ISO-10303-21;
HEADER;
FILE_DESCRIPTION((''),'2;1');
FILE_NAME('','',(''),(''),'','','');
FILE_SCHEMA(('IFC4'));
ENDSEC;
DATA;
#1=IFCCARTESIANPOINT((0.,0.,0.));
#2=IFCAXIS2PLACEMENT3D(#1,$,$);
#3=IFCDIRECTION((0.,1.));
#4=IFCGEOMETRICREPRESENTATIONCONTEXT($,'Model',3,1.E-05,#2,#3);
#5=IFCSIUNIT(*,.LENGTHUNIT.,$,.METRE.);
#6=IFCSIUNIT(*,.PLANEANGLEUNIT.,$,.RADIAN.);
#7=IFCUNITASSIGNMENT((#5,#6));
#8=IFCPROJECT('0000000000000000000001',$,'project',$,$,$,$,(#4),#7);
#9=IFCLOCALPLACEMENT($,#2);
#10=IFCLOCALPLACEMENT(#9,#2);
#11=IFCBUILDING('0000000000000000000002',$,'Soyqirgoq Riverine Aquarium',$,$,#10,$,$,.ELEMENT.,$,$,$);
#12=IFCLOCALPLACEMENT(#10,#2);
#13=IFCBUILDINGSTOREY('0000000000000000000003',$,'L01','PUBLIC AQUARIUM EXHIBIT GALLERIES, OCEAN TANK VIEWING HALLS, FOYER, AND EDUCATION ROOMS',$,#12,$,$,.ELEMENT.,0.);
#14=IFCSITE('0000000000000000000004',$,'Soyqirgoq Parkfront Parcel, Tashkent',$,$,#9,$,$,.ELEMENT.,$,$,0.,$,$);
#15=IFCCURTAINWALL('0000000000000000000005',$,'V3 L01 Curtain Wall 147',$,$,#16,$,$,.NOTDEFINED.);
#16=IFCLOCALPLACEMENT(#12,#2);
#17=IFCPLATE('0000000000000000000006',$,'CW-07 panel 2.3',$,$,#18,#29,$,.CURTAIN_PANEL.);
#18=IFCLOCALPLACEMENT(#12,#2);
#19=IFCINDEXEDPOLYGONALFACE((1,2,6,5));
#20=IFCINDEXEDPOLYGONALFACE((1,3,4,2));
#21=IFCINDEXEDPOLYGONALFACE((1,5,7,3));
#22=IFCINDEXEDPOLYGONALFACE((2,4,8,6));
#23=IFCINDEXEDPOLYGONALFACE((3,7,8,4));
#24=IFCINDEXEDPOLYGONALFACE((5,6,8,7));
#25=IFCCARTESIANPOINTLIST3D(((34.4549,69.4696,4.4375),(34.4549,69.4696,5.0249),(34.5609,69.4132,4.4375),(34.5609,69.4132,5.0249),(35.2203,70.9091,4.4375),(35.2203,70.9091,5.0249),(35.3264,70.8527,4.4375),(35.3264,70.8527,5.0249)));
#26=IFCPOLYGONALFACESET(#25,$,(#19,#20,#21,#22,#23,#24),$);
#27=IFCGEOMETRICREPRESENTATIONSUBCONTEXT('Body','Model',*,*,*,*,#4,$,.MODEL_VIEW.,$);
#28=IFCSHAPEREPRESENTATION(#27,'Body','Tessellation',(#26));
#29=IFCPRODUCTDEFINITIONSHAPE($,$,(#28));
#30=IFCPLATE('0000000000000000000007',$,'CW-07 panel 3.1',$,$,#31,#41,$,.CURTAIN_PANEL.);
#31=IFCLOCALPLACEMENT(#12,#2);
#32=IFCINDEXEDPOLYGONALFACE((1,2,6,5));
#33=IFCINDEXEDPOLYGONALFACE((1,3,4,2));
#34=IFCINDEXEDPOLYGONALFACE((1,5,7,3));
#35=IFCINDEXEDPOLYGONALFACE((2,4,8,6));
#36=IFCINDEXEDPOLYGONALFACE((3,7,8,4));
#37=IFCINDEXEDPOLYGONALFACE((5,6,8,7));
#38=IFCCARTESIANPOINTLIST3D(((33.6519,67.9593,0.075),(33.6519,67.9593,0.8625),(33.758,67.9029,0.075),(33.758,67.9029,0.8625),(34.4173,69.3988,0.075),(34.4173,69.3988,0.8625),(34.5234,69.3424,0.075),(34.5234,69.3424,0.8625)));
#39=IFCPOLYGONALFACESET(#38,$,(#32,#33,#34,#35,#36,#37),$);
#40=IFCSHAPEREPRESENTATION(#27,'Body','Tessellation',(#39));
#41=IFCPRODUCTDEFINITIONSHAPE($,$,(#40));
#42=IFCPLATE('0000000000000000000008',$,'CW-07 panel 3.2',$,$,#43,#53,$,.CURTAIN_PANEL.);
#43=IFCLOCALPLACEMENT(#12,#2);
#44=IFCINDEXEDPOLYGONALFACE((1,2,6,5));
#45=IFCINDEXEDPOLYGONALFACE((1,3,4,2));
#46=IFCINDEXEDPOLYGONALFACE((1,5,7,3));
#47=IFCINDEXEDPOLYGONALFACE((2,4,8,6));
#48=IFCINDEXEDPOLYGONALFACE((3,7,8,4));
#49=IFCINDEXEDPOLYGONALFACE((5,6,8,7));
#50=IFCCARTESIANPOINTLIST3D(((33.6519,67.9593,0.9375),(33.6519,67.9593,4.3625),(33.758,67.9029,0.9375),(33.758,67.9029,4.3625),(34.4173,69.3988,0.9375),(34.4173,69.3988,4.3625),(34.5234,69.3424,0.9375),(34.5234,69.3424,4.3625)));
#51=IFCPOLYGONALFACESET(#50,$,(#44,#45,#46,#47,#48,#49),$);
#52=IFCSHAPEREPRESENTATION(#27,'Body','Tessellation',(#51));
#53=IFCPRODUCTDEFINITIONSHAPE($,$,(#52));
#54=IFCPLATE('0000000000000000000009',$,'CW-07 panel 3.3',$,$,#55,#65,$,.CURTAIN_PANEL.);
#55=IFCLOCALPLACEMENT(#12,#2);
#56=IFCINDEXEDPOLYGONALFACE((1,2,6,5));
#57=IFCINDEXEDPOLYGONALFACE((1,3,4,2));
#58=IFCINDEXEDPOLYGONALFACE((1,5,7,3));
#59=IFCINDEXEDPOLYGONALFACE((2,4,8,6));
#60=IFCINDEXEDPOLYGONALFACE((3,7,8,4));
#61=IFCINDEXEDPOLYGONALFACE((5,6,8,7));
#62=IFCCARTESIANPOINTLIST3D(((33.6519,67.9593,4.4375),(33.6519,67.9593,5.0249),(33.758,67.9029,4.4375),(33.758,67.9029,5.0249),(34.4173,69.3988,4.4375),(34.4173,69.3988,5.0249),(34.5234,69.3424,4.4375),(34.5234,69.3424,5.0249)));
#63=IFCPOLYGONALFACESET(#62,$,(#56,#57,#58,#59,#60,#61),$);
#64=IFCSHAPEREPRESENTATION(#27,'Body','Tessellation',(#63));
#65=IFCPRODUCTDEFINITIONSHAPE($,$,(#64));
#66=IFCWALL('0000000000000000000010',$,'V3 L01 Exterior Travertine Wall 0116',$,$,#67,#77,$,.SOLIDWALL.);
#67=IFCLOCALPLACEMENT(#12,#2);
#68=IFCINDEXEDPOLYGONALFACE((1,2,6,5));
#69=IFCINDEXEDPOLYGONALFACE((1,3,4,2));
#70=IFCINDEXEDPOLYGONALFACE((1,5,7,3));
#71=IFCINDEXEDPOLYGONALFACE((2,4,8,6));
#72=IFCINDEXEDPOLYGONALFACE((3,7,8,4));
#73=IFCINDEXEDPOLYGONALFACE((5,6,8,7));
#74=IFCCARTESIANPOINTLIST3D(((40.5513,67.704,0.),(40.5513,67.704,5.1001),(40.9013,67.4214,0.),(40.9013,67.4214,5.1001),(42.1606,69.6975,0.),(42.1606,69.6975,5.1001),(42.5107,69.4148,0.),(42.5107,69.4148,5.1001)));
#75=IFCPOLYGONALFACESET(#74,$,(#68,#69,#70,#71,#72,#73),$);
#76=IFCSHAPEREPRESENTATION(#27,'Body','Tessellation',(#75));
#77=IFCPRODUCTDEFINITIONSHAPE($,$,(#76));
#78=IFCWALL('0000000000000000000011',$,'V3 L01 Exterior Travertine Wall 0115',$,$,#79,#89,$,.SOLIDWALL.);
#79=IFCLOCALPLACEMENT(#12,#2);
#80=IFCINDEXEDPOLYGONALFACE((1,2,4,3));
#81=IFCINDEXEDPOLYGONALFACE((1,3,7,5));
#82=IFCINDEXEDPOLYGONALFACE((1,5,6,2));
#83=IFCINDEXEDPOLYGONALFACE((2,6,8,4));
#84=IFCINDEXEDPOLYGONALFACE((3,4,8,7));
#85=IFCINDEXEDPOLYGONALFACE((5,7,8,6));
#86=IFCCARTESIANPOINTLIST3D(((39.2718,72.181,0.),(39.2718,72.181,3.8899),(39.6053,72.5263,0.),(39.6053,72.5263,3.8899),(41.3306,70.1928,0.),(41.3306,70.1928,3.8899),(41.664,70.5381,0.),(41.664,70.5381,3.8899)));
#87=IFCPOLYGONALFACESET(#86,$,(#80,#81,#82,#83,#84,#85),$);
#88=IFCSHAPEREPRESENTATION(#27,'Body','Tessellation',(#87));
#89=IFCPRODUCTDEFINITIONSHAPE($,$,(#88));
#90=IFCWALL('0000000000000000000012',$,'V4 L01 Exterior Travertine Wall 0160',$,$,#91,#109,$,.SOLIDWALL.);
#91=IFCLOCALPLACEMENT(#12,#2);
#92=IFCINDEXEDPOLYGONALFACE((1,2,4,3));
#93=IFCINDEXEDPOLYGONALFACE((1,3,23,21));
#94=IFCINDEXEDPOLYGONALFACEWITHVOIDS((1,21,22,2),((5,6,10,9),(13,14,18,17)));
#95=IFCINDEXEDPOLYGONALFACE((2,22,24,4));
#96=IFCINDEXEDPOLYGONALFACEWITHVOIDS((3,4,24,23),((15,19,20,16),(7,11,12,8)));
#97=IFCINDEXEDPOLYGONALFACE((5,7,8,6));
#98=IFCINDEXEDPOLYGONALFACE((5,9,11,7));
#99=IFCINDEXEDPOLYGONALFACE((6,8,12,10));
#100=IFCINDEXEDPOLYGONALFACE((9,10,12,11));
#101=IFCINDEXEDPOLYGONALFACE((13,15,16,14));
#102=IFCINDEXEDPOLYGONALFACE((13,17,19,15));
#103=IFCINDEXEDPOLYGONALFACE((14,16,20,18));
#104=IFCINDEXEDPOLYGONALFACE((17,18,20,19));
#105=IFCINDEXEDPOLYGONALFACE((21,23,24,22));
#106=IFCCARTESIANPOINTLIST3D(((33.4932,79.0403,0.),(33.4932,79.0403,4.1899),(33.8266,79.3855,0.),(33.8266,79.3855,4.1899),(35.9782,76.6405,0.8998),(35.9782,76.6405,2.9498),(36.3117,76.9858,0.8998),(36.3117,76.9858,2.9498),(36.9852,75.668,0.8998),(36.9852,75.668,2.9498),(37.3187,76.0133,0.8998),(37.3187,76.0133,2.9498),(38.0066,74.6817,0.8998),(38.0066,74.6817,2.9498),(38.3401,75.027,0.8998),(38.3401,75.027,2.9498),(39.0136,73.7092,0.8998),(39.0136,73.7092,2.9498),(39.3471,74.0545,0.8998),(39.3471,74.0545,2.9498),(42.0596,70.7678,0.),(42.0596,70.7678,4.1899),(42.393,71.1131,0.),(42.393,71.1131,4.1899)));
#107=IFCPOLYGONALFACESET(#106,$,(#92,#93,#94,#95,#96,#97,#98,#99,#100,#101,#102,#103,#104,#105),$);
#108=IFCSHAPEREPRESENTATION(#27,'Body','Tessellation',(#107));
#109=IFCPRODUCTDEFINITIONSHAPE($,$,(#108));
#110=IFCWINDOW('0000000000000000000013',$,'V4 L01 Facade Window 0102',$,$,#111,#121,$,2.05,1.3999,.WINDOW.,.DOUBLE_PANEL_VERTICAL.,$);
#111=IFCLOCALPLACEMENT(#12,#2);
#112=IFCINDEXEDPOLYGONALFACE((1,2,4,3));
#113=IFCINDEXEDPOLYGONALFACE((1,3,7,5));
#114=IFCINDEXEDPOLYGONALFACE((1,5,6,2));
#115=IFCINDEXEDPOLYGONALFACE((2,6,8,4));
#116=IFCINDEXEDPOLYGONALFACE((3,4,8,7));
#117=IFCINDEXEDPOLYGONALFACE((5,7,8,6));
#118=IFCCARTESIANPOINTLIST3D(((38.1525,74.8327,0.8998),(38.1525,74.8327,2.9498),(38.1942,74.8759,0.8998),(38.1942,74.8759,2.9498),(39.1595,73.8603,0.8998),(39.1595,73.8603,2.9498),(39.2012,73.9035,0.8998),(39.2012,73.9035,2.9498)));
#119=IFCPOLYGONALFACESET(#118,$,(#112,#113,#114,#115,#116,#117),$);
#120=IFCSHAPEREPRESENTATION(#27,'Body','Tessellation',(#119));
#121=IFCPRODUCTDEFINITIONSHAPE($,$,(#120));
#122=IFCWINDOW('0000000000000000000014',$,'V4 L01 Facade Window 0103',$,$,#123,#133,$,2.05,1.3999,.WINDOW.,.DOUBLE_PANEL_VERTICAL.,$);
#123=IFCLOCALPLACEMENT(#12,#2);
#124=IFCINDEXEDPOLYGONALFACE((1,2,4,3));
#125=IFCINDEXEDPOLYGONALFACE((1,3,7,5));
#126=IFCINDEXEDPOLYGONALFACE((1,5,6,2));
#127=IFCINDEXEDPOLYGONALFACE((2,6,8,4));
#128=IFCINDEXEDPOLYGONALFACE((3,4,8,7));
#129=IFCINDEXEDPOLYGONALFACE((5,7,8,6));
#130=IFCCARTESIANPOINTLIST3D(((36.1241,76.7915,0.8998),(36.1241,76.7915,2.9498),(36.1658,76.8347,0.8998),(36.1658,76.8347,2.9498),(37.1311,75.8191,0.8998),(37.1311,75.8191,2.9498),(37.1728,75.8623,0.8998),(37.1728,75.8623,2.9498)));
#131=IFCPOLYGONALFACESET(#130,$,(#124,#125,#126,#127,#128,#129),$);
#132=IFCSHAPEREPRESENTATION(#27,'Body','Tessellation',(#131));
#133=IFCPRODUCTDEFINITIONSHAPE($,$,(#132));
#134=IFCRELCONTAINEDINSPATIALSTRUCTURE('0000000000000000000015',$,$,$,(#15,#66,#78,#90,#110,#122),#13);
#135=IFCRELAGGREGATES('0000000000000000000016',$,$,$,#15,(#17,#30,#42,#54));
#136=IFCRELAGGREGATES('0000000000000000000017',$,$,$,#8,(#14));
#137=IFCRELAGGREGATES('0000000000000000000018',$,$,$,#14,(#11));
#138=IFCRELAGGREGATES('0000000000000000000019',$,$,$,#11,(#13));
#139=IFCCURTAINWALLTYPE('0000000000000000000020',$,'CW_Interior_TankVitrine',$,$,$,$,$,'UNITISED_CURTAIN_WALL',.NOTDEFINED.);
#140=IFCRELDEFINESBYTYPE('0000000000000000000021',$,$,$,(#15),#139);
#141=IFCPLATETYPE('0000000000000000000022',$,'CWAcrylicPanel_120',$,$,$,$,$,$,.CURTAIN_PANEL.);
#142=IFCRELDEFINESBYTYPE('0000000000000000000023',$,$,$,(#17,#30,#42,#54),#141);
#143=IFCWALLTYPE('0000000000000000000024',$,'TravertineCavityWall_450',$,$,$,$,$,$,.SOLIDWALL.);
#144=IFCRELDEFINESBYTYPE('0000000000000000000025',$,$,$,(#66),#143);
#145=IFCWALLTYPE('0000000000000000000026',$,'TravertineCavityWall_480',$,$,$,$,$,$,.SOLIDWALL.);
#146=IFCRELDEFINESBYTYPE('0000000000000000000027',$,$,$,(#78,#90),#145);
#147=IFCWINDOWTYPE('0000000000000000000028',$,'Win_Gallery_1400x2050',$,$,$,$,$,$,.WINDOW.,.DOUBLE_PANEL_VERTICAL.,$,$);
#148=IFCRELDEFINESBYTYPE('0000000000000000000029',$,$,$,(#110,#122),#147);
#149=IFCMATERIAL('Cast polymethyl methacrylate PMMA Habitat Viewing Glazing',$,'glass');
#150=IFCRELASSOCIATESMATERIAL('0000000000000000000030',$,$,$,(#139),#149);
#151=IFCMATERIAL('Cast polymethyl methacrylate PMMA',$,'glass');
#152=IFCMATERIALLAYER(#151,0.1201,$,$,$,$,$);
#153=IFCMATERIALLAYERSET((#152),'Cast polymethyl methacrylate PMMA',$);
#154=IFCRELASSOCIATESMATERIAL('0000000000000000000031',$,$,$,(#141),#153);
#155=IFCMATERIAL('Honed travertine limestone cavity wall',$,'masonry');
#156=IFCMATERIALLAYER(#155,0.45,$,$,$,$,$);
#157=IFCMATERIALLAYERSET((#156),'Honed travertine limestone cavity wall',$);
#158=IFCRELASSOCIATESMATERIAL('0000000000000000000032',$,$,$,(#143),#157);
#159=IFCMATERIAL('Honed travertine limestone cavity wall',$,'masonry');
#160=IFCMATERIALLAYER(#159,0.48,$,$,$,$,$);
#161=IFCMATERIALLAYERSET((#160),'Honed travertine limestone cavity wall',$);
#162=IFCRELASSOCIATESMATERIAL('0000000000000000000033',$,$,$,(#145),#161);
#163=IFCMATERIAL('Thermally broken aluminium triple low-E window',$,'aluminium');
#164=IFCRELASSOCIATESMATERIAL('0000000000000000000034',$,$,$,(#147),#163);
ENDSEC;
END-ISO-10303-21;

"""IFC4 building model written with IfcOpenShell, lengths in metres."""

from ifc_helpers import new_model, si_unit, direction, frame, frame_2d, origin, origin_2d, place, context, subcontext, project, spatial, rectangle, extrude, material, layer, layer_set, type_object, element, fill, aggregate, save


model = new_model("IFC4")

# Units and contexts
model_context = context("Model", 3, precision=1e-05, world=origin(), true_north=direction((0.0, 1.0)))
body_context = subcontext(model_context, "Body", "Model", "MODEL_VIEW")
ifc_project = project(units=[si_unit("LENGTHUNIT", "METRE"), si_unit("PLANEANGLEUNIT", "RADIAN")], contexts=[model_context])

# Site, building, storey
site_placement = place(None, origin())
site = spatial("IfcSite", under=ifc_project, at=site_placement, Name="Soyqirgoq Parkfront Parcel, Tashkent", CompositionType="ELEMENT", RefElevation=0.0)
building_placement = place(site_placement, origin())
building = spatial("IfcBuilding", under=site, at=building_placement, Name="Soyqirgoq Riverine Aquarium", CompositionType="ELEMENT")
storey_placement = place(building_placement, origin())
storey = spatial("IfcBuildingStorey", under=building, at=storey_placement, Name="L01", Description="PUBLIC AQUARIUM EXHIBIT GALLERIES, OCEAN TANK VIEWING HALLS, FOYER, AND EDUCATION ROOMS", CompositionType="ELEMENT", Elevation=0.0)

# Curtain wall
ifc_material_1 = material(Name="Cast polymethyl methacrylate PMMA Habitat Viewing Glazing", Category="glass")
curtain_wall_type_1 = type_object("IfcCurtainWallType", Name="CW_Interior_TankVitrine", ElementType="UNITISED_CURTAIN_WALL", PredefinedType="NOTDEFINED", material=ifc_material_1)
curtain_wall_1_placement = place(storey_placement, origin())
curtain_wall_1 = element("IfcCurtainWall", 1, at=curtain_wall_1_placement, inside=storey, type_object=curtain_wall_type_1, Name="V3 L01 Curtain Wall 147", PredefinedType="NOTDEFINED")

# Plates
ifc_material_2 = material(Name="Cast polymethyl methacrylate PMMA", Category="glass")
ifc_layer_1 = layer(ifc_material_2, 0.1201)
ifc_layer_set_1 = layer_set([ifc_layer_1], Name="Cast polymethyl methacrylate PMMA")
plate_type = type_object("IfcPlateType", Name="CWAcrylicPanel_120", PredefinedType="CURTAIN_PANEL", material=ifc_layer_set_1)
plate_1_placement = place(storey_placement, frame((34.8906, 70.1611, 4.4375), z_axis=(0.0, 0.0, 1.0), x_axis=(-0.469473, -0.882947, 0.0)))
plate_1 = element("IfcPlate", 2, at=plate_1_placement, type_object=plate_type, Name="CW-07 panel 2.3", PredefinedType="CURTAIN_PANEL", context=body_context, shape_type="SweptSolid", body=[
    extrude(rectangle(XDim=1.6304, YDim=0.1201, at=origin_2d()), origin(), (0.0, 0.0, 1.0), 0.5874),
])
plate_2_placement = place(storey_placement, frame((34.0876, 68.6509, 0.075), z_axis=(0.0, 0.0, 1.0), x_axis=(-0.469473, -0.882947, 0.0)))
plate_2 = element("IfcPlate", 3, at=plate_2_placement, type_object=plate_type, Name="CW-07 panel 3.1", PredefinedType="CURTAIN_PANEL", context=body_context, shape_type="SweptSolid", body=[
    extrude(rectangle(XDim=1.6304, YDim=0.1201, at=origin_2d()), origin(), (0.0, 0.0, 1.0), 0.7876),
])
plate_3_placement = place(storey_placement, frame((34.0876, 68.6509, 0.9375), z_axis=(0.0, 0.0, 1.0), x_axis=(-0.469473, -0.882947, 0.0)))
plate_3 = element("IfcPlate", 4, at=plate_3_placement, type_object=plate_type, Name="CW-07 panel 3.2", PredefinedType="CURTAIN_PANEL", context=body_context, shape_type="SweptSolid", body=[
    extrude(rectangle(XDim=1.6304, YDim=0.1201, at=origin_2d()), origin(), (0.0, 0.0, 1.0), 3.425),
])
plate_4_placement = place(storey_placement, frame((34.0876, 68.6509, 4.4375), z_axis=(0.0, 0.0, 1.0), x_axis=(-0.469473, -0.882947, 0.0)))
plate_4 = element("IfcPlate", 5, at=plate_4_placement, type_object=plate_type, Name="CW-07 panel 3.3", PredefinedType="CURTAIN_PANEL", context=body_context, shape_type="SweptSolid", body=[
    extrude(rectangle(XDim=1.6304, YDim=0.1201, at=origin_2d()), origin(), (0.0, 0.0, 1.0), 0.5874),
])
aggregate(curtain_wall_1, [plate_1, plate_2, plate_3, plate_4])

# Walls
ifc_material_3 = material(Name="Honed travertine limestone cavity wall", Category="masonry")
ifc_layer_2 = layer(ifc_material_3, 0.45)
ifc_layer_set_2 = layer_set([ifc_layer_2], Name="Honed travertine limestone cavity wall")
wall_type_1 = type_object("IfcWallType", Name="TravertineCavityWall_450", PredefinedType="SOLIDWALL", material=ifc_layer_set_2)
wall_1_placement = place(storey_placement, frame((42.3357, 69.5562, 0.0), z_axis=(0.0, 0.0, 1.0), x_axis=(-0.628175, -0.778072, 0.0)))
element("IfcWall", 6, at=wall_1_placement, inside=storey, type_object=wall_type_1, Name="V3 L01 Exterior Travertine Wall 0116", PredefinedType="SOLIDWALL", context=body_context, shape_type="SweptSolid", body=[
    extrude(rectangle(XDim=2.562, YDim=0.45, at=frame_2d((1.281, 0.0))), origin(), (0.0, 0.0, 1.0), 5.1001),
])
ifc_material_4 = material(Name="Honed travertine limestone cavity wall", Category="masonry")
ifc_layer_3 = layer(ifc_material_4, 0.48)
ifc_layer_set_3 = layer_set([ifc_layer_3], Name="Honed travertine limestone cavity wall")
wall_type_2 = type_object("IfcWallType", Name="TravertineCavityWall_480", PredefinedType="SOLIDWALL", material=ifc_layer_set_3)
wall_2_placement = place(storey_placement, frame((39.4385, 72.3538, 0.0), z_axis=(0.0, 0.0, 1.0), x_axis=(0.719325, -0.694674, 0.0)))
element("IfcWall", 7, at=wall_2_placement, inside=storey, type_object=wall_type_2, Name="V3 L01 Exterior Travertine Wall 0115", PredefinedType="SOLIDWALL", context=body_context, shape_type="SweptSolid", body=[
    extrude(rectangle(XDim=2.8621, YDim=0.48, at=frame_2d((1.4312, 0.0))), origin(), (0.0, 0.0, 1.0), 3.8899),
])

# Wall, openings, windows
wall_3_placement = place(storey_placement, frame((42.2263, 70.9404, 0.0), z_axis=(0.0, 0.0, 1.0), x_axis=(-0.719341, 0.694657, 0.0)))
wall_3 = element("IfcWall", 8, at=wall_3_placement, inside=storey, type_object=wall_type_2, Name="V4 L01 Exterior Travertine Wall 0160", PredefinedType="SOLIDWALL", context=body_context, shape_type="SweptSolid", body=[
    extrude(rectangle(XDim=11.9087, YDim=0.48, at=frame_2d((5.9543, 0.0))), origin(), (0.0, 0.0, 1.0), 4.1899),
])
opening_1_placement = place(wall_3_placement, frame((4.2344, 0.0, 0.8999)))
opening_1 = element("IfcOpeningElement", 9, at=opening_1_placement, cuts=wall_3, PredefinedType="OPENING", context=body_context, shape_type="SweptSolid", body=[
    extrude(rectangle(XDim=1.3999, YDim=2.05, at=frame_2d((0.7, 1.0249))), frame((0.0, 0.25, 0.0), z_axis=(0.0, -1.0, 0.0), x_axis=(1.0, 0.0, 0.0)), (0.0, 0.0, 1.0), 0.5),
])
opening_2_placement = place(wall_3_placement, frame((7.0542, 0.0, 0.8999)))
opening_2 = element("IfcOpeningElement", 10, at=opening_2_placement, cuts=wall_3, PredefinedType="OPENING", context=body_context, shape_type="SweptSolid", body=[
    extrude(rectangle(XDim=1.3999, YDim=2.05, at=frame_2d((0.7, 1.0249))), frame((0.0, 0.25, 0.0), z_axis=(0.0, -1.0, 0.0), x_axis=(1.0, 0.0, 0.0)), (0.0, 0.0, 1.0), 0.5),
])
ifc_material_5 = material(Name="Thermally broken aluminium triple low-E window", Category="aluminium")
window_type = type_object("IfcWindowType", Name="Win_Gallery_1400x2050", PartitioningType="DOUBLE_PANEL_VERTICAL", PredefinedType="WINDOW", material=ifc_material_5)
window_1_placement = place(opening_1_placement, origin())
window_1 = element("IfcWindow", 11, at=window_1_placement, inside=storey, type_object=window_type, Name="V4 L01 Facade Window 0102", OverallHeight=2.05, OverallWidth=1.3999, PartitioningType="DOUBLE_PANEL_VERTICAL", PredefinedType="WINDOW", context=body_context, shape_type="SweptSolid", body=[
    extrude(rectangle(XDim=1.3999, YDim=2.05, at=frame_2d((0.7, 1.0249))), frame((0.0, 0.03, 0.0), z_axis=(0.0, -1.0, 0.0), x_axis=(1.0, 0.0, 0.0)), (0.0, 0.0, 1.0), 0.0601),
])
fill(opening_1, window_1)
window_2_placement = place(opening_2_placement, origin())
window_2 = element("IfcWindow", 12, at=window_2_placement, inside=storey, type_object=window_type, Name="V4 L01 Facade Window 0103", OverallHeight=2.05, OverallWidth=1.3999, PartitioningType="DOUBLE_PANEL_VERTICAL", PredefinedType="WINDOW", context=body_context, shape_type="SweptSolid", body=[
    extrude(rectangle(XDim=1.3999, YDim=2.05, at=frame_2d((0.7, 1.0249))), frame((0.0, 0.03, 0.0), z_axis=(0.0, -1.0, 0.0), x_axis=(1.0, 0.0, 0.0)), (0.0, 0.0, 1.0), 0.0601),
])
fill(opening_2, window_2)

save(model, "model.ifc")
